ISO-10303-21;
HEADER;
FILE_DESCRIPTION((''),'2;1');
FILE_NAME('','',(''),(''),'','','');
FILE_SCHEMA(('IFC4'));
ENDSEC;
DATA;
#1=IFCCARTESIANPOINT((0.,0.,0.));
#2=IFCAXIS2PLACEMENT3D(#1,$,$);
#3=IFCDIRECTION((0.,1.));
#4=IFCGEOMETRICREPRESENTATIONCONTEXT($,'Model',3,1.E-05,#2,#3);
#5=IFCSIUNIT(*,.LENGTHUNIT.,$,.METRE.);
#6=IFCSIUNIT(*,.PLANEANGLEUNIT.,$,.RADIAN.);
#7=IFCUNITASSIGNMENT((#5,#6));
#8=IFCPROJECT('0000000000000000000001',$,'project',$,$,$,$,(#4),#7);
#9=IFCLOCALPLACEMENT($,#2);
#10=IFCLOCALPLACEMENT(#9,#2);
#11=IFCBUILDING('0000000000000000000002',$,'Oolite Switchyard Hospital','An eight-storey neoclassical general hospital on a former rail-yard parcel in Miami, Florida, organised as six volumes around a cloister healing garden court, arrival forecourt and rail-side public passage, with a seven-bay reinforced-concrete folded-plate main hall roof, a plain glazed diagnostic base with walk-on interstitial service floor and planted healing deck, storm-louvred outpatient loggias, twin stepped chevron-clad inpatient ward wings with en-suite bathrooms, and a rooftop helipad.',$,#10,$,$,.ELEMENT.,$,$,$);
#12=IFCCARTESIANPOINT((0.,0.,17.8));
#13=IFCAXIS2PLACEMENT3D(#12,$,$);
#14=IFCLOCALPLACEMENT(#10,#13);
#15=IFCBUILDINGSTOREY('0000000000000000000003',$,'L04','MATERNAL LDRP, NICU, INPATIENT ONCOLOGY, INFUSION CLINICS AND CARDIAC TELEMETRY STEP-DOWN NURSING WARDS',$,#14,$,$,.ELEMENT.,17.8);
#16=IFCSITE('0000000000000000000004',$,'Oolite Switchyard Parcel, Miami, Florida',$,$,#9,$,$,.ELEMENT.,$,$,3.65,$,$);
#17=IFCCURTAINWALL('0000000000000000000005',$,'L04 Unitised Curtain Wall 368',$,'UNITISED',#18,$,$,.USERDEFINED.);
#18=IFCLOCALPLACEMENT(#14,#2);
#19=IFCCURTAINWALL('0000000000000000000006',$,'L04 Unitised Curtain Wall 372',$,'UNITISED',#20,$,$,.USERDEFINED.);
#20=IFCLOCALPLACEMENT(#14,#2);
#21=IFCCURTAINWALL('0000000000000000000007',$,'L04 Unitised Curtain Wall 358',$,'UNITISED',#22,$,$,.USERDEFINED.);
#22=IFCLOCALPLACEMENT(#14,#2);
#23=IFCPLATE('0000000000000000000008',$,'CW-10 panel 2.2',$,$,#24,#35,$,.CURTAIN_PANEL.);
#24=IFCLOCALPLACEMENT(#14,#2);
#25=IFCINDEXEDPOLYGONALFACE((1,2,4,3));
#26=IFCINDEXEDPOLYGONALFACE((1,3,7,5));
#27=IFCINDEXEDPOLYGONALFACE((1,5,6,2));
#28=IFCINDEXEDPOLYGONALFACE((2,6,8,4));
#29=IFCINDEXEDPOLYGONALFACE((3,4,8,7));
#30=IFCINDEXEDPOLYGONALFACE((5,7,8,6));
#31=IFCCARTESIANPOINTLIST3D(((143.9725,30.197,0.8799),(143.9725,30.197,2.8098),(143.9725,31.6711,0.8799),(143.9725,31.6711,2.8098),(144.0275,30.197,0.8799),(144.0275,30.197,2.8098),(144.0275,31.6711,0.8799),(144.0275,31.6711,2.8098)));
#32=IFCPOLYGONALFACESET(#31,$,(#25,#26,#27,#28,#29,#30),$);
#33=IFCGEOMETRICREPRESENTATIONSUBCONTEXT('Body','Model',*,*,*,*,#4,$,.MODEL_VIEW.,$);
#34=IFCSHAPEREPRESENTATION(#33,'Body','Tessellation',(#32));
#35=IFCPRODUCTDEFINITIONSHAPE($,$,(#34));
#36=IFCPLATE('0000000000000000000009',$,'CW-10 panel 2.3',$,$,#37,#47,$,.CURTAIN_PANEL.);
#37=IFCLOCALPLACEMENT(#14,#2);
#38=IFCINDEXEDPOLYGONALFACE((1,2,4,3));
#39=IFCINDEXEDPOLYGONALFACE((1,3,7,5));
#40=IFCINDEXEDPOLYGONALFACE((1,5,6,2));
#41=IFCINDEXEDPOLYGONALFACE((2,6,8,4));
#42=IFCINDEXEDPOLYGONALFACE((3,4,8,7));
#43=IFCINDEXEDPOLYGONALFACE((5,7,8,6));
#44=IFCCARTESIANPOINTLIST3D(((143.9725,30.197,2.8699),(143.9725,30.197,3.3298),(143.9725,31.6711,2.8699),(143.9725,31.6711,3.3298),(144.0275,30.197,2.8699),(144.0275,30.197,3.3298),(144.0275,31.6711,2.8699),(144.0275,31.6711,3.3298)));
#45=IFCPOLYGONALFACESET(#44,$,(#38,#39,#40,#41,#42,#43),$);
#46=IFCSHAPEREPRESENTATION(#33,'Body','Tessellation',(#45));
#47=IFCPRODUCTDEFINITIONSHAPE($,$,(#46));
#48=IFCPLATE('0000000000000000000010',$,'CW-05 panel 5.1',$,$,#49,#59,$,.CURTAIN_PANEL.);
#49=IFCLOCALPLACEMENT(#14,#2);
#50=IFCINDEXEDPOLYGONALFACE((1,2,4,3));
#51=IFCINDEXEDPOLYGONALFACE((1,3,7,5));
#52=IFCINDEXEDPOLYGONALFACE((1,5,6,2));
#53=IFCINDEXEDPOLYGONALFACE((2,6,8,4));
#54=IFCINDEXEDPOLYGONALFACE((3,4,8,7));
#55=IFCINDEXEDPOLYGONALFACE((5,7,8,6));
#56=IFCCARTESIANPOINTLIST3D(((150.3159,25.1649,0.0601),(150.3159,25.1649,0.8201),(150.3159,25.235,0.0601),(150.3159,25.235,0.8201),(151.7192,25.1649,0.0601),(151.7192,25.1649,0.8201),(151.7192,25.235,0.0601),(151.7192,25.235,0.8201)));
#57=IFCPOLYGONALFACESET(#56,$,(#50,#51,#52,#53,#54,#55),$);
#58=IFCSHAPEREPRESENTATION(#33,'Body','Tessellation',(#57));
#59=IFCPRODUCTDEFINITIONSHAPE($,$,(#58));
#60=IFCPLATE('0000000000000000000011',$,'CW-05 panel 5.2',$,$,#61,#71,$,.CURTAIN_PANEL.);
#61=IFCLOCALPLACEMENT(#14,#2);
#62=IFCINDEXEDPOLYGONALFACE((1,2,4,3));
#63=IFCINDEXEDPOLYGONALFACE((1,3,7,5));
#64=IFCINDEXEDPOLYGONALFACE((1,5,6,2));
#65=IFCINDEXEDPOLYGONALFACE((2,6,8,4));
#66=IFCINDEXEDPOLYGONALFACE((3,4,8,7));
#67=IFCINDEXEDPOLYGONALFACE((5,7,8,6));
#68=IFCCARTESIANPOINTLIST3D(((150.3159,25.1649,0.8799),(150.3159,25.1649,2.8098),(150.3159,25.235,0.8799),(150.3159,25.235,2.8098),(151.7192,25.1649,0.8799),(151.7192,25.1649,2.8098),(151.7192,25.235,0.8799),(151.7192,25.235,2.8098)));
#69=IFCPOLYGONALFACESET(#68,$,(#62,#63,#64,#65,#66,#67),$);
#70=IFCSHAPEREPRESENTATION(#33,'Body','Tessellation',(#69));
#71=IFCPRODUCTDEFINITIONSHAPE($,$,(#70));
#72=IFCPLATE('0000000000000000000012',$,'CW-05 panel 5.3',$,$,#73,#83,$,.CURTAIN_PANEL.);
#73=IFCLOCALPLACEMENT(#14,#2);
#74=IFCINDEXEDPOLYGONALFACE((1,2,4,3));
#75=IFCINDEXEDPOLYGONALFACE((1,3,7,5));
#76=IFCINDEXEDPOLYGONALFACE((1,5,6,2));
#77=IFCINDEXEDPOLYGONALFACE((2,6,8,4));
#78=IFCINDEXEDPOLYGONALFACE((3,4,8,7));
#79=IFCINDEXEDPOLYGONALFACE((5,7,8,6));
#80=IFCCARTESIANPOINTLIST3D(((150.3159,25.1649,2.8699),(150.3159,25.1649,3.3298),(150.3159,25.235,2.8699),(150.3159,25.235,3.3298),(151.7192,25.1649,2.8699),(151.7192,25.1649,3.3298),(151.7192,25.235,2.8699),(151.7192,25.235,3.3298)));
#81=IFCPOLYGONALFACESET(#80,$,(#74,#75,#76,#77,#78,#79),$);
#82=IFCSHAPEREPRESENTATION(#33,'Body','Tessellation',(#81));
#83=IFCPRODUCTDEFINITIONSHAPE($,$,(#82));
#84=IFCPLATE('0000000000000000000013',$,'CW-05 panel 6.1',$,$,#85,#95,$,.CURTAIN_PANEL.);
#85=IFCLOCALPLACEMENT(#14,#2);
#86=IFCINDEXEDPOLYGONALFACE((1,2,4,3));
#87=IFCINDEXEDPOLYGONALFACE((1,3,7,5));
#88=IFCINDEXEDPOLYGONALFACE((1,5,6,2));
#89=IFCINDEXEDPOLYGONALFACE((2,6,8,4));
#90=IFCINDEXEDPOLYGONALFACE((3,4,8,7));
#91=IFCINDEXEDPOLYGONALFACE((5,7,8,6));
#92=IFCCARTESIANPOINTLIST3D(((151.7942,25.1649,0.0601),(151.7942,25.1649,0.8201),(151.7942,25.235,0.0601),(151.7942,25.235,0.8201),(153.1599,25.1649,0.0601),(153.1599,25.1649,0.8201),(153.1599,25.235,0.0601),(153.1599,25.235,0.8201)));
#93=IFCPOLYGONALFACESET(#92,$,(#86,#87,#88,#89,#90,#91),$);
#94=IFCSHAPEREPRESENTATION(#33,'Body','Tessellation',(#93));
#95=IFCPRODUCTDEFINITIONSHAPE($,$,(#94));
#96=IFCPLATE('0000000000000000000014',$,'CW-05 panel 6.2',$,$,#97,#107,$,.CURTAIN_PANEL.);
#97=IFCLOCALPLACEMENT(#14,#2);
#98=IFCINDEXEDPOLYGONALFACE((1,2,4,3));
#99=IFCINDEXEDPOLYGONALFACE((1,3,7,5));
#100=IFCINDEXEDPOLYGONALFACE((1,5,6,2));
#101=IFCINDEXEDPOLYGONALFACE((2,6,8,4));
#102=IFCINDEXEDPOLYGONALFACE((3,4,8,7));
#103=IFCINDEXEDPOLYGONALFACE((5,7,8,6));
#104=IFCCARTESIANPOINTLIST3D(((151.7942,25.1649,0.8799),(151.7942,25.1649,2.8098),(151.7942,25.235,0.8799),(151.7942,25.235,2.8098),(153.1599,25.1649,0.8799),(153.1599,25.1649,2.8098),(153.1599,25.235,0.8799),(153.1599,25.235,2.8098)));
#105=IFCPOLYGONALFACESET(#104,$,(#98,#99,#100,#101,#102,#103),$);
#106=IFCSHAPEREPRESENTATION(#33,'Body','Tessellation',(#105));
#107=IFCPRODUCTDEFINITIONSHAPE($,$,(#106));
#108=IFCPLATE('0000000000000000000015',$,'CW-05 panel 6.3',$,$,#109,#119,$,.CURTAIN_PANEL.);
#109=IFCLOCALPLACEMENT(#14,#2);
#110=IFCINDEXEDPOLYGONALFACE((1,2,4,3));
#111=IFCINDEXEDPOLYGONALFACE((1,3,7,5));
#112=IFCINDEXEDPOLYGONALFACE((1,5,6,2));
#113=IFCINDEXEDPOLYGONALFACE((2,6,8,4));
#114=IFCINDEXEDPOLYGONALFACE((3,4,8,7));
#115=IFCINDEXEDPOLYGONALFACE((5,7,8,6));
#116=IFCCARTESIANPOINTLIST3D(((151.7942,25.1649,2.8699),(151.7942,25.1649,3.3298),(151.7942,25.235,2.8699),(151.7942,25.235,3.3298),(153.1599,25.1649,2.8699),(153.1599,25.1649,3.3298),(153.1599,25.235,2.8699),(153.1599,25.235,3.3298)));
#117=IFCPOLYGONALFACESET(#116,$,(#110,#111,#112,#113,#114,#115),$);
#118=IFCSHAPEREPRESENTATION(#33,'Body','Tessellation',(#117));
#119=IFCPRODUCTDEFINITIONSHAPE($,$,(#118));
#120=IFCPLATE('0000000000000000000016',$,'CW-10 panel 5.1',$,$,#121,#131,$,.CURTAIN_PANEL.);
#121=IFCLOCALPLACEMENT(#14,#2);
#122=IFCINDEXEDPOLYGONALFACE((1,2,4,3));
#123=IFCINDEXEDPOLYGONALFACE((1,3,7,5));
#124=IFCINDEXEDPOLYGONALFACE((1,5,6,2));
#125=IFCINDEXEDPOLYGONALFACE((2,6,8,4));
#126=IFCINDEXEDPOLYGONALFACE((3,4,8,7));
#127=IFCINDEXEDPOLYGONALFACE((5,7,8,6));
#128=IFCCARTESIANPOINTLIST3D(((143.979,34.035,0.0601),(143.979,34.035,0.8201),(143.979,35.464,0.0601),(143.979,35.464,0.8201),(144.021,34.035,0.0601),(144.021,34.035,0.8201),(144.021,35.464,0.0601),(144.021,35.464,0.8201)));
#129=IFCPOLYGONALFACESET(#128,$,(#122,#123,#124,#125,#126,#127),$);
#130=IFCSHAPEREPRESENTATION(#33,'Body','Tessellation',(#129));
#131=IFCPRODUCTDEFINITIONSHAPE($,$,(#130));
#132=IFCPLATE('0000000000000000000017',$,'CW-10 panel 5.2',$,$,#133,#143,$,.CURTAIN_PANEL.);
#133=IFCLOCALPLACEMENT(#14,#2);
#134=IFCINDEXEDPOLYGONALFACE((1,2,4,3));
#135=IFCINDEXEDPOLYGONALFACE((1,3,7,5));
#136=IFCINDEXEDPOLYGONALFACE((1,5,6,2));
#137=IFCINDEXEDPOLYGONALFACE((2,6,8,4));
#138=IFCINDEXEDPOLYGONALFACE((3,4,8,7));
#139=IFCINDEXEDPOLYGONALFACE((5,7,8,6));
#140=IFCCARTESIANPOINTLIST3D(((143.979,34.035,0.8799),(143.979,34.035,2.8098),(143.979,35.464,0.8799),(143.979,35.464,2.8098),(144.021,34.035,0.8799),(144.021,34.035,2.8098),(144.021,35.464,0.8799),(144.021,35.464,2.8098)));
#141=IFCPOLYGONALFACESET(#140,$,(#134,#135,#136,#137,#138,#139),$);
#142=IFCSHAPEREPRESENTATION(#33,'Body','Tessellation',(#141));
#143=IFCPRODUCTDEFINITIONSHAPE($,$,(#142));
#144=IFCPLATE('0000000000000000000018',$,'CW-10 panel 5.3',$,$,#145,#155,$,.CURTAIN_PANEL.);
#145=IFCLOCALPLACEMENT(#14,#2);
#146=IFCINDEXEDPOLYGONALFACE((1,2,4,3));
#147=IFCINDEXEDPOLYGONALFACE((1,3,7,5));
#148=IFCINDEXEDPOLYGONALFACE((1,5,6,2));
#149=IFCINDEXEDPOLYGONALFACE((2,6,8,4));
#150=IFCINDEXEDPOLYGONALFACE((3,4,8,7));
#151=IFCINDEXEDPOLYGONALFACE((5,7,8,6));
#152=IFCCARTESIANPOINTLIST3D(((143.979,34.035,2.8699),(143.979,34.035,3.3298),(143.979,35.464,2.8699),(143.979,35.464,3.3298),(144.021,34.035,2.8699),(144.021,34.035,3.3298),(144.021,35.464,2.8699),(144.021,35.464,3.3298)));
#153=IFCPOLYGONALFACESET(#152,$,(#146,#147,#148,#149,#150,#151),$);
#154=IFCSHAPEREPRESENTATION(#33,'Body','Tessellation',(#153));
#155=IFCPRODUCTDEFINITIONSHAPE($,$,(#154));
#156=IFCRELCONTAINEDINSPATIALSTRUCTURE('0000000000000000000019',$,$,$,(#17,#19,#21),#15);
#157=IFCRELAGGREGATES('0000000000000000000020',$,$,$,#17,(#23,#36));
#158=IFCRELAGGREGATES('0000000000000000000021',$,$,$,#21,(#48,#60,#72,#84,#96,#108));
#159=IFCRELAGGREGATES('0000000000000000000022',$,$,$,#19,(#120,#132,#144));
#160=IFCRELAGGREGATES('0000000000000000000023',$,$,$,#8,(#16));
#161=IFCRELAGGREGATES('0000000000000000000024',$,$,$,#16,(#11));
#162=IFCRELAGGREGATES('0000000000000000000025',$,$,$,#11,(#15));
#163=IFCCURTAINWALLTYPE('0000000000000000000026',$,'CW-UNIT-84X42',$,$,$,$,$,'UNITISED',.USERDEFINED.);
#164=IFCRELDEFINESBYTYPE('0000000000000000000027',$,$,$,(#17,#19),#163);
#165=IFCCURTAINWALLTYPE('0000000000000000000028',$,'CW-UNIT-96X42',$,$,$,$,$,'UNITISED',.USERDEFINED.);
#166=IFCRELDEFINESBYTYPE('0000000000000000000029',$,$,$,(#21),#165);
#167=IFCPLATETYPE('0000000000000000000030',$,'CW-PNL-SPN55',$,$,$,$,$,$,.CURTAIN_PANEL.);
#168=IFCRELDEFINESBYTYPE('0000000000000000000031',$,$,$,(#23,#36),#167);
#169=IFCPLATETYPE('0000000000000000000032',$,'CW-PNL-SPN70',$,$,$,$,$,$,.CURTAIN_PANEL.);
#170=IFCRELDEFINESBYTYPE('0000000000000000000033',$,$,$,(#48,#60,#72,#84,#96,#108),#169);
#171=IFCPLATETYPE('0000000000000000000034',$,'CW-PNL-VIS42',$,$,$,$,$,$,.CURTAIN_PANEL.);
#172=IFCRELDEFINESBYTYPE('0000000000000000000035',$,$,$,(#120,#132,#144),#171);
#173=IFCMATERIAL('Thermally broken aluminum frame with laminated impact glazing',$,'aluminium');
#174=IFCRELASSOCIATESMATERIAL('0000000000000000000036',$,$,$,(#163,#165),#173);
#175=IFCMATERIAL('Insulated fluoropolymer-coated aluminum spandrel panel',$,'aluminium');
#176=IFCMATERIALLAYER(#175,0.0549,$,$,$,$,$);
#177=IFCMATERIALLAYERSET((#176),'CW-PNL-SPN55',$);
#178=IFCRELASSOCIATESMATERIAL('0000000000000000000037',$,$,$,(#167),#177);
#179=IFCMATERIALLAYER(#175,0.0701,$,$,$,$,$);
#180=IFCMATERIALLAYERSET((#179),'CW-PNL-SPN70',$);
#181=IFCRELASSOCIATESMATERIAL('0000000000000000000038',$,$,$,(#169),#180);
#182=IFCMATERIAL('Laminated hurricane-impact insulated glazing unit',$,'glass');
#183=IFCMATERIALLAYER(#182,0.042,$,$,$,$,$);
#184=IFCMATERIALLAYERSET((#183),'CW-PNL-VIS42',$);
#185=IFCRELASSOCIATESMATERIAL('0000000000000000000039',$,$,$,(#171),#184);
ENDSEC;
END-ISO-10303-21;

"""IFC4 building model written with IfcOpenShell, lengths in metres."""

from ifc_helpers import new_model, si_unit, direction, frame, origin, origin_2d, place, context, subcontext, project, spatial, rectangle, extrude, material, layer, layer_set, type_object, element, aggregate, save


model = new_model("IFC4")

# Units and contexts
model_context = context("Model", 3, precision=1e-05, world=origin(), true_north=direction((0.0, 1.0)))
body_context = subcontext(model_context, "Body", "Model", "MODEL_VIEW")
ifc_project = project(units=[si_unit("LENGTHUNIT", "METRE"), si_unit("PLANEANGLEUNIT", "RADIAN")], contexts=[model_context])

# Site, building, storey
site_placement = place(None, origin())
site = spatial("IfcSite", under=ifc_project, at=site_placement, Name="Oolite Switchyard Parcel, Miami, Florida", CompositionType="ELEMENT", RefElevation=3.65)
building_placement = place(site_placement, origin())
building = spatial("IfcBuilding", under=site, at=building_placement, Name="Oolite Switchyard Hospital", Description="An eight-storey neoclassical general hospital on a former rail-yard parcel in Miami, Florida, organised as six volumes around a cloister healing garden court, arrival forecourt and rail-side public passage, with a seven-bay reinforced-concrete folded-plate main hall roof, a plain glazed diagnostic base with walk-on interstitial service floor and planted healing deck, storm-louvred outpatient loggias, twin stepped chevron-clad inpatient ward wings with en-suite bathrooms, and a rooftop helipad.", CompositionType="ELEMENT")
storey_placement = place(building_placement, frame((0.0, 0.0, 17.8)))
storey = spatial("IfcBuildingStorey", under=building, at=storey_placement, Name="L04", Description="MATERNAL LDRP, NICU, INPATIENT ONCOLOGY, INFUSION CLINICS AND CARDIAC TELEMETRY STEP-DOWN NURSING WARDS", CompositionType="ELEMENT", Elevation=17.8)

# Curtain wall
ifc_material_1 = material(Name="Thermally broken aluminum frame with laminated impact glazing", Category="aluminium")
curtain_wall_type_1 = type_object("IfcCurtainWallType", Name="CW-UNIT-84X42", ElementType="UNITISED", PredefinedType="USERDEFINED", material=ifc_material_1)
curtain_wall_1_placement = place(storey_placement, origin())
curtain_wall_1 = element("IfcCurtainWall", 1, at=curtain_wall_1_placement, inside=storey, type_object=curtain_wall_type_1, Name="L04 Unitised Curtain Wall 368", ObjectType="UNITISED", PredefinedType="USERDEFINED")

# Curtain wall
curtain_wall_2_placement = place(storey_placement, origin())
curtain_wall_2 = element("IfcCurtainWall", 2, at=curtain_wall_2_placement, inside=storey, type_object=curtain_wall_type_1, Name="L04 Unitised Curtain Wall 372", ObjectType="UNITISED", PredefinedType="USERDEFINED")

# Curtain wall
curtain_wall_type_2 = type_object("IfcCurtainWallType", Name="CW-UNIT-96X42", ElementType="UNITISED", PredefinedType="USERDEFINED", material=ifc_material_1)
curtain_wall_3_placement = place(storey_placement, origin())
curtain_wall_3 = element("IfcCurtainWall", 3, at=curtain_wall_3_placement, inside=storey, type_object=curtain_wall_type_2, Name="L04 Unitised Curtain Wall 358", ObjectType="UNITISED", PredefinedType="USERDEFINED")

# Plates
ifc_material_2 = material(Name="Insulated fluoropolymer-coated aluminum spandrel panel", Category="aluminium")
ifc_layer_1 = layer(ifc_material_2, 0.0549)
ifc_layer_set_1 = layer_set([ifc_layer_1], Name="CW-PNL-SPN55")
plate_type_1 = type_object("IfcPlateType", Name="CW-PNL-SPN55", PredefinedType="CURTAIN_PANEL", material=ifc_layer_set_1)
plate_1_placement = place(storey_placement, frame((144.0, 30.9341, 0.8799), z_axis=(0.0, 0.0, 1.0), x_axis=(0.0, -1.0, 0.0)))
plate_1 = element("IfcPlate", 4, at=plate_1_placement, type_object=plate_type_1, Name="CW-10 panel 2.2", PredefinedType="CURTAIN_PANEL", context=body_context, shape_type="SweptSolid", body=[
    extrude(rectangle(XDim=1.4741, YDim=0.0549, at=origin_2d()), origin(), (0.0, 0.0, 1.0), 1.9299),
])
plate_2_placement = place(storey_placement, frame((144.0, 30.9341, 2.8699), z_axis=(0.0, 0.0, 1.0), x_axis=(0.0, -1.0, 0.0)))
plate_2 = element("IfcPlate", 5, at=plate_2_placement, type_object=plate_type_1, Name="CW-10 panel 2.3", PredefinedType="CURTAIN_PANEL", context=body_context, shape_type="SweptSolid", body=[
    extrude(rectangle(XDim=1.4741, YDim=0.0549, at=origin_2d()), origin(), (0.0, 0.0, 1.0), 0.46),
])
aggregate(curtain_wall_1, [plate_1, plate_2])
ifc_layer_2 = layer(ifc_material_2, 0.0701)
ifc_layer_set_2 = layer_set([ifc_layer_2], Name="CW-PNL-SPN70")
plate_type_2 = type_object("IfcPlateType", Name="CW-PNL-SPN70", PredefinedType="CURTAIN_PANEL", material=ifc_layer_set_2)
plate_3_placement = place(storey_placement, frame((151.0176, 25.2, 0.0601), z_axis=(0.0, 0.0, 1.0), x_axis=(1.0, 0.0, 0.0)))
plate_3 = element("IfcPlate", 6, at=plate_3_placement, type_object=plate_type_2, Name="CW-05 panel 5.1", PredefinedType="CURTAIN_PANEL", context=body_context, shape_type="SweptSolid", body=[
    extrude(rectangle(XDim=1.4033, YDim=0.0701, at=origin_2d()), origin(), (0.0, 0.0, 1.0), 0.76),
])
plate_4_placement = place(storey_placement, frame((151.0176, 25.2, 0.8799), z_axis=(0.0, 0.0, 1.0), x_axis=(1.0, 0.0, 0.0)))
plate_4 = element("IfcPlate", 7, at=plate_4_placement, type_object=plate_type_2, Name="CW-05 panel 5.2", PredefinedType="CURTAIN_PANEL", context=body_context, shape_type="SweptSolid", body=[
    extrude(rectangle(XDim=1.4033, YDim=0.0701, at=origin_2d()), origin(), (0.0, 0.0, 1.0), 1.9299),
])
plate_5_placement = place(storey_placement, frame((151.0176, 25.2, 2.8699), z_axis=(0.0, 0.0, 1.0), x_axis=(1.0, 0.0, 0.0)))
plate_5 = element("IfcPlate", 8, at=plate_5_placement, type_object=plate_type_2, Name="CW-05 panel 5.3", PredefinedType="CURTAIN_PANEL", context=body_context, shape_type="SweptSolid", body=[
    extrude(rectangle(XDim=1.4033, YDim=0.0701, at=origin_2d()), origin(), (0.0, 0.0, 1.0), 0.46),
])
plate_6_placement = place(storey_placement, frame((152.4771, 25.2, 0.0601), z_axis=(0.0, 0.0, 1.0), x_axis=(1.0, 0.0, 0.0)))
plate_6 = element("IfcPlate", 9, at=plate_6_placement, type_object=plate_type_2, Name="CW-05 panel 6.1", PredefinedType="CURTAIN_PANEL", context=body_context, shape_type="SweptSolid", body=[
    extrude(rectangle(XDim=1.3657, YDim=0.0701, at=origin_2d()), origin(), (0.0, 0.0, 1.0), 0.76),
])
plate_7_placement = place(storey_placement, frame((152.4771, 25.2, 0.8799), z_axis=(0.0, 0.0, 1.0), x_axis=(1.0, 0.0, 0.0)))
plate_7 = element("IfcPlate", 10, at=plate_7_placement, type_object=plate_type_2, Name="CW-05 panel 6.2", PredefinedType="CURTAIN_PANEL", context=body_context, shape_type="SweptSolid", body=[
    extrude(rectangle(XDim=1.3657, YDim=0.0701, at=origin_2d()), origin(), (0.0, 0.0, 1.0), 1.9299),
])
plate_8_placement = place(storey_placement, frame((152.4771, 25.2, 2.8699), z_axis=(0.0, 0.0, 1.0), x_axis=(1.0, 0.0, 0.0)))
plate_8 = element("IfcPlate", 11, at=plate_8_placement, type_object=plate_type_2, Name="CW-05 panel 6.3", PredefinedType="CURTAIN_PANEL", context=body_context, shape_type="SweptSolid", body=[
    extrude(rectangle(XDim=1.3657, YDim=0.0701, at=origin_2d()), origin(), (0.0, 0.0, 1.0), 0.46),
])
aggregate(curtain_wall_3, [plate_3, plate_4, plate_5, plate_6, plate_7, plate_8])
ifc_material_3 = material(Name="Laminated hurricane-impact insulated glazing unit", Category="glass")
ifc_layer_3 = layer(ifc_material_3, 0.042)
ifc_layer_set_3 = layer_set([ifc_layer_3], Name="CW-PNL-VIS42")
plate_type_3 = type_object("IfcPlateType", Name="CW-PNL-VIS42", PredefinedType="CURTAIN_PANEL", material=ifc_layer_set_3)
plate_9_placement = place(storey_placement, frame((144.0, 34.7495, 0.0601), z_axis=(0.0, 0.0, 1.0), x_axis=(0.0, -1.0, 0.0)))
plate_9 = element("IfcPlate", 12, at=plate_9_placement, type_object=plate_type_3, Name="CW-10 panel 5.1", PredefinedType="CURTAIN_PANEL", context=body_context, shape_type="SweptSolid", body=[
    extrude(rectangle(XDim=1.429, YDim=0.042, at=origin_2d()), origin(), (0.0, 0.0, 1.0), 0.76),
])
plate_10_placement = place(storey_placement, frame((144.0, 34.7495, 0.8799), z_axis=(0.0, 0.0, 1.0), x_axis=(0.0, -1.0, 0.0)))
plate_10 = element("IfcPlate", 13, at=plate_10_placement, type_object=plate_type_3, Name="CW-10 panel 5.2", PredefinedType="CURTAIN_PANEL", context=body_context, shape_type="SweptSolid", body=[
    extrude(rectangle(XDim=1.429, YDim=0.042, at=origin_2d()), origin(), (0.0, 0.0, 1.0), 1.9299),
])
plate_11_placement = place(storey_placement, frame((144.0, 34.7495, 2.8699), z_axis=(0.0, 0.0, 1.0), x_axis=(0.0, -1.0, 0.0)))
plate_11 = element("IfcPlate", 14, at=plate_11_placement, type_object=plate_type_3, Name="CW-10 panel 5.3", PredefinedType="CURTAIN_PANEL", context=body_context, shape_type="SweptSolid", body=[
    extrude(rectangle(XDim=1.429, YDim=0.042, at=origin_2d()), origin(), (0.0, 0.0, 1.0), 0.46),
])
aggregate(curtain_wall_2, [plate_9, plate_10, plate_11])

save(model, "model.ifc")
